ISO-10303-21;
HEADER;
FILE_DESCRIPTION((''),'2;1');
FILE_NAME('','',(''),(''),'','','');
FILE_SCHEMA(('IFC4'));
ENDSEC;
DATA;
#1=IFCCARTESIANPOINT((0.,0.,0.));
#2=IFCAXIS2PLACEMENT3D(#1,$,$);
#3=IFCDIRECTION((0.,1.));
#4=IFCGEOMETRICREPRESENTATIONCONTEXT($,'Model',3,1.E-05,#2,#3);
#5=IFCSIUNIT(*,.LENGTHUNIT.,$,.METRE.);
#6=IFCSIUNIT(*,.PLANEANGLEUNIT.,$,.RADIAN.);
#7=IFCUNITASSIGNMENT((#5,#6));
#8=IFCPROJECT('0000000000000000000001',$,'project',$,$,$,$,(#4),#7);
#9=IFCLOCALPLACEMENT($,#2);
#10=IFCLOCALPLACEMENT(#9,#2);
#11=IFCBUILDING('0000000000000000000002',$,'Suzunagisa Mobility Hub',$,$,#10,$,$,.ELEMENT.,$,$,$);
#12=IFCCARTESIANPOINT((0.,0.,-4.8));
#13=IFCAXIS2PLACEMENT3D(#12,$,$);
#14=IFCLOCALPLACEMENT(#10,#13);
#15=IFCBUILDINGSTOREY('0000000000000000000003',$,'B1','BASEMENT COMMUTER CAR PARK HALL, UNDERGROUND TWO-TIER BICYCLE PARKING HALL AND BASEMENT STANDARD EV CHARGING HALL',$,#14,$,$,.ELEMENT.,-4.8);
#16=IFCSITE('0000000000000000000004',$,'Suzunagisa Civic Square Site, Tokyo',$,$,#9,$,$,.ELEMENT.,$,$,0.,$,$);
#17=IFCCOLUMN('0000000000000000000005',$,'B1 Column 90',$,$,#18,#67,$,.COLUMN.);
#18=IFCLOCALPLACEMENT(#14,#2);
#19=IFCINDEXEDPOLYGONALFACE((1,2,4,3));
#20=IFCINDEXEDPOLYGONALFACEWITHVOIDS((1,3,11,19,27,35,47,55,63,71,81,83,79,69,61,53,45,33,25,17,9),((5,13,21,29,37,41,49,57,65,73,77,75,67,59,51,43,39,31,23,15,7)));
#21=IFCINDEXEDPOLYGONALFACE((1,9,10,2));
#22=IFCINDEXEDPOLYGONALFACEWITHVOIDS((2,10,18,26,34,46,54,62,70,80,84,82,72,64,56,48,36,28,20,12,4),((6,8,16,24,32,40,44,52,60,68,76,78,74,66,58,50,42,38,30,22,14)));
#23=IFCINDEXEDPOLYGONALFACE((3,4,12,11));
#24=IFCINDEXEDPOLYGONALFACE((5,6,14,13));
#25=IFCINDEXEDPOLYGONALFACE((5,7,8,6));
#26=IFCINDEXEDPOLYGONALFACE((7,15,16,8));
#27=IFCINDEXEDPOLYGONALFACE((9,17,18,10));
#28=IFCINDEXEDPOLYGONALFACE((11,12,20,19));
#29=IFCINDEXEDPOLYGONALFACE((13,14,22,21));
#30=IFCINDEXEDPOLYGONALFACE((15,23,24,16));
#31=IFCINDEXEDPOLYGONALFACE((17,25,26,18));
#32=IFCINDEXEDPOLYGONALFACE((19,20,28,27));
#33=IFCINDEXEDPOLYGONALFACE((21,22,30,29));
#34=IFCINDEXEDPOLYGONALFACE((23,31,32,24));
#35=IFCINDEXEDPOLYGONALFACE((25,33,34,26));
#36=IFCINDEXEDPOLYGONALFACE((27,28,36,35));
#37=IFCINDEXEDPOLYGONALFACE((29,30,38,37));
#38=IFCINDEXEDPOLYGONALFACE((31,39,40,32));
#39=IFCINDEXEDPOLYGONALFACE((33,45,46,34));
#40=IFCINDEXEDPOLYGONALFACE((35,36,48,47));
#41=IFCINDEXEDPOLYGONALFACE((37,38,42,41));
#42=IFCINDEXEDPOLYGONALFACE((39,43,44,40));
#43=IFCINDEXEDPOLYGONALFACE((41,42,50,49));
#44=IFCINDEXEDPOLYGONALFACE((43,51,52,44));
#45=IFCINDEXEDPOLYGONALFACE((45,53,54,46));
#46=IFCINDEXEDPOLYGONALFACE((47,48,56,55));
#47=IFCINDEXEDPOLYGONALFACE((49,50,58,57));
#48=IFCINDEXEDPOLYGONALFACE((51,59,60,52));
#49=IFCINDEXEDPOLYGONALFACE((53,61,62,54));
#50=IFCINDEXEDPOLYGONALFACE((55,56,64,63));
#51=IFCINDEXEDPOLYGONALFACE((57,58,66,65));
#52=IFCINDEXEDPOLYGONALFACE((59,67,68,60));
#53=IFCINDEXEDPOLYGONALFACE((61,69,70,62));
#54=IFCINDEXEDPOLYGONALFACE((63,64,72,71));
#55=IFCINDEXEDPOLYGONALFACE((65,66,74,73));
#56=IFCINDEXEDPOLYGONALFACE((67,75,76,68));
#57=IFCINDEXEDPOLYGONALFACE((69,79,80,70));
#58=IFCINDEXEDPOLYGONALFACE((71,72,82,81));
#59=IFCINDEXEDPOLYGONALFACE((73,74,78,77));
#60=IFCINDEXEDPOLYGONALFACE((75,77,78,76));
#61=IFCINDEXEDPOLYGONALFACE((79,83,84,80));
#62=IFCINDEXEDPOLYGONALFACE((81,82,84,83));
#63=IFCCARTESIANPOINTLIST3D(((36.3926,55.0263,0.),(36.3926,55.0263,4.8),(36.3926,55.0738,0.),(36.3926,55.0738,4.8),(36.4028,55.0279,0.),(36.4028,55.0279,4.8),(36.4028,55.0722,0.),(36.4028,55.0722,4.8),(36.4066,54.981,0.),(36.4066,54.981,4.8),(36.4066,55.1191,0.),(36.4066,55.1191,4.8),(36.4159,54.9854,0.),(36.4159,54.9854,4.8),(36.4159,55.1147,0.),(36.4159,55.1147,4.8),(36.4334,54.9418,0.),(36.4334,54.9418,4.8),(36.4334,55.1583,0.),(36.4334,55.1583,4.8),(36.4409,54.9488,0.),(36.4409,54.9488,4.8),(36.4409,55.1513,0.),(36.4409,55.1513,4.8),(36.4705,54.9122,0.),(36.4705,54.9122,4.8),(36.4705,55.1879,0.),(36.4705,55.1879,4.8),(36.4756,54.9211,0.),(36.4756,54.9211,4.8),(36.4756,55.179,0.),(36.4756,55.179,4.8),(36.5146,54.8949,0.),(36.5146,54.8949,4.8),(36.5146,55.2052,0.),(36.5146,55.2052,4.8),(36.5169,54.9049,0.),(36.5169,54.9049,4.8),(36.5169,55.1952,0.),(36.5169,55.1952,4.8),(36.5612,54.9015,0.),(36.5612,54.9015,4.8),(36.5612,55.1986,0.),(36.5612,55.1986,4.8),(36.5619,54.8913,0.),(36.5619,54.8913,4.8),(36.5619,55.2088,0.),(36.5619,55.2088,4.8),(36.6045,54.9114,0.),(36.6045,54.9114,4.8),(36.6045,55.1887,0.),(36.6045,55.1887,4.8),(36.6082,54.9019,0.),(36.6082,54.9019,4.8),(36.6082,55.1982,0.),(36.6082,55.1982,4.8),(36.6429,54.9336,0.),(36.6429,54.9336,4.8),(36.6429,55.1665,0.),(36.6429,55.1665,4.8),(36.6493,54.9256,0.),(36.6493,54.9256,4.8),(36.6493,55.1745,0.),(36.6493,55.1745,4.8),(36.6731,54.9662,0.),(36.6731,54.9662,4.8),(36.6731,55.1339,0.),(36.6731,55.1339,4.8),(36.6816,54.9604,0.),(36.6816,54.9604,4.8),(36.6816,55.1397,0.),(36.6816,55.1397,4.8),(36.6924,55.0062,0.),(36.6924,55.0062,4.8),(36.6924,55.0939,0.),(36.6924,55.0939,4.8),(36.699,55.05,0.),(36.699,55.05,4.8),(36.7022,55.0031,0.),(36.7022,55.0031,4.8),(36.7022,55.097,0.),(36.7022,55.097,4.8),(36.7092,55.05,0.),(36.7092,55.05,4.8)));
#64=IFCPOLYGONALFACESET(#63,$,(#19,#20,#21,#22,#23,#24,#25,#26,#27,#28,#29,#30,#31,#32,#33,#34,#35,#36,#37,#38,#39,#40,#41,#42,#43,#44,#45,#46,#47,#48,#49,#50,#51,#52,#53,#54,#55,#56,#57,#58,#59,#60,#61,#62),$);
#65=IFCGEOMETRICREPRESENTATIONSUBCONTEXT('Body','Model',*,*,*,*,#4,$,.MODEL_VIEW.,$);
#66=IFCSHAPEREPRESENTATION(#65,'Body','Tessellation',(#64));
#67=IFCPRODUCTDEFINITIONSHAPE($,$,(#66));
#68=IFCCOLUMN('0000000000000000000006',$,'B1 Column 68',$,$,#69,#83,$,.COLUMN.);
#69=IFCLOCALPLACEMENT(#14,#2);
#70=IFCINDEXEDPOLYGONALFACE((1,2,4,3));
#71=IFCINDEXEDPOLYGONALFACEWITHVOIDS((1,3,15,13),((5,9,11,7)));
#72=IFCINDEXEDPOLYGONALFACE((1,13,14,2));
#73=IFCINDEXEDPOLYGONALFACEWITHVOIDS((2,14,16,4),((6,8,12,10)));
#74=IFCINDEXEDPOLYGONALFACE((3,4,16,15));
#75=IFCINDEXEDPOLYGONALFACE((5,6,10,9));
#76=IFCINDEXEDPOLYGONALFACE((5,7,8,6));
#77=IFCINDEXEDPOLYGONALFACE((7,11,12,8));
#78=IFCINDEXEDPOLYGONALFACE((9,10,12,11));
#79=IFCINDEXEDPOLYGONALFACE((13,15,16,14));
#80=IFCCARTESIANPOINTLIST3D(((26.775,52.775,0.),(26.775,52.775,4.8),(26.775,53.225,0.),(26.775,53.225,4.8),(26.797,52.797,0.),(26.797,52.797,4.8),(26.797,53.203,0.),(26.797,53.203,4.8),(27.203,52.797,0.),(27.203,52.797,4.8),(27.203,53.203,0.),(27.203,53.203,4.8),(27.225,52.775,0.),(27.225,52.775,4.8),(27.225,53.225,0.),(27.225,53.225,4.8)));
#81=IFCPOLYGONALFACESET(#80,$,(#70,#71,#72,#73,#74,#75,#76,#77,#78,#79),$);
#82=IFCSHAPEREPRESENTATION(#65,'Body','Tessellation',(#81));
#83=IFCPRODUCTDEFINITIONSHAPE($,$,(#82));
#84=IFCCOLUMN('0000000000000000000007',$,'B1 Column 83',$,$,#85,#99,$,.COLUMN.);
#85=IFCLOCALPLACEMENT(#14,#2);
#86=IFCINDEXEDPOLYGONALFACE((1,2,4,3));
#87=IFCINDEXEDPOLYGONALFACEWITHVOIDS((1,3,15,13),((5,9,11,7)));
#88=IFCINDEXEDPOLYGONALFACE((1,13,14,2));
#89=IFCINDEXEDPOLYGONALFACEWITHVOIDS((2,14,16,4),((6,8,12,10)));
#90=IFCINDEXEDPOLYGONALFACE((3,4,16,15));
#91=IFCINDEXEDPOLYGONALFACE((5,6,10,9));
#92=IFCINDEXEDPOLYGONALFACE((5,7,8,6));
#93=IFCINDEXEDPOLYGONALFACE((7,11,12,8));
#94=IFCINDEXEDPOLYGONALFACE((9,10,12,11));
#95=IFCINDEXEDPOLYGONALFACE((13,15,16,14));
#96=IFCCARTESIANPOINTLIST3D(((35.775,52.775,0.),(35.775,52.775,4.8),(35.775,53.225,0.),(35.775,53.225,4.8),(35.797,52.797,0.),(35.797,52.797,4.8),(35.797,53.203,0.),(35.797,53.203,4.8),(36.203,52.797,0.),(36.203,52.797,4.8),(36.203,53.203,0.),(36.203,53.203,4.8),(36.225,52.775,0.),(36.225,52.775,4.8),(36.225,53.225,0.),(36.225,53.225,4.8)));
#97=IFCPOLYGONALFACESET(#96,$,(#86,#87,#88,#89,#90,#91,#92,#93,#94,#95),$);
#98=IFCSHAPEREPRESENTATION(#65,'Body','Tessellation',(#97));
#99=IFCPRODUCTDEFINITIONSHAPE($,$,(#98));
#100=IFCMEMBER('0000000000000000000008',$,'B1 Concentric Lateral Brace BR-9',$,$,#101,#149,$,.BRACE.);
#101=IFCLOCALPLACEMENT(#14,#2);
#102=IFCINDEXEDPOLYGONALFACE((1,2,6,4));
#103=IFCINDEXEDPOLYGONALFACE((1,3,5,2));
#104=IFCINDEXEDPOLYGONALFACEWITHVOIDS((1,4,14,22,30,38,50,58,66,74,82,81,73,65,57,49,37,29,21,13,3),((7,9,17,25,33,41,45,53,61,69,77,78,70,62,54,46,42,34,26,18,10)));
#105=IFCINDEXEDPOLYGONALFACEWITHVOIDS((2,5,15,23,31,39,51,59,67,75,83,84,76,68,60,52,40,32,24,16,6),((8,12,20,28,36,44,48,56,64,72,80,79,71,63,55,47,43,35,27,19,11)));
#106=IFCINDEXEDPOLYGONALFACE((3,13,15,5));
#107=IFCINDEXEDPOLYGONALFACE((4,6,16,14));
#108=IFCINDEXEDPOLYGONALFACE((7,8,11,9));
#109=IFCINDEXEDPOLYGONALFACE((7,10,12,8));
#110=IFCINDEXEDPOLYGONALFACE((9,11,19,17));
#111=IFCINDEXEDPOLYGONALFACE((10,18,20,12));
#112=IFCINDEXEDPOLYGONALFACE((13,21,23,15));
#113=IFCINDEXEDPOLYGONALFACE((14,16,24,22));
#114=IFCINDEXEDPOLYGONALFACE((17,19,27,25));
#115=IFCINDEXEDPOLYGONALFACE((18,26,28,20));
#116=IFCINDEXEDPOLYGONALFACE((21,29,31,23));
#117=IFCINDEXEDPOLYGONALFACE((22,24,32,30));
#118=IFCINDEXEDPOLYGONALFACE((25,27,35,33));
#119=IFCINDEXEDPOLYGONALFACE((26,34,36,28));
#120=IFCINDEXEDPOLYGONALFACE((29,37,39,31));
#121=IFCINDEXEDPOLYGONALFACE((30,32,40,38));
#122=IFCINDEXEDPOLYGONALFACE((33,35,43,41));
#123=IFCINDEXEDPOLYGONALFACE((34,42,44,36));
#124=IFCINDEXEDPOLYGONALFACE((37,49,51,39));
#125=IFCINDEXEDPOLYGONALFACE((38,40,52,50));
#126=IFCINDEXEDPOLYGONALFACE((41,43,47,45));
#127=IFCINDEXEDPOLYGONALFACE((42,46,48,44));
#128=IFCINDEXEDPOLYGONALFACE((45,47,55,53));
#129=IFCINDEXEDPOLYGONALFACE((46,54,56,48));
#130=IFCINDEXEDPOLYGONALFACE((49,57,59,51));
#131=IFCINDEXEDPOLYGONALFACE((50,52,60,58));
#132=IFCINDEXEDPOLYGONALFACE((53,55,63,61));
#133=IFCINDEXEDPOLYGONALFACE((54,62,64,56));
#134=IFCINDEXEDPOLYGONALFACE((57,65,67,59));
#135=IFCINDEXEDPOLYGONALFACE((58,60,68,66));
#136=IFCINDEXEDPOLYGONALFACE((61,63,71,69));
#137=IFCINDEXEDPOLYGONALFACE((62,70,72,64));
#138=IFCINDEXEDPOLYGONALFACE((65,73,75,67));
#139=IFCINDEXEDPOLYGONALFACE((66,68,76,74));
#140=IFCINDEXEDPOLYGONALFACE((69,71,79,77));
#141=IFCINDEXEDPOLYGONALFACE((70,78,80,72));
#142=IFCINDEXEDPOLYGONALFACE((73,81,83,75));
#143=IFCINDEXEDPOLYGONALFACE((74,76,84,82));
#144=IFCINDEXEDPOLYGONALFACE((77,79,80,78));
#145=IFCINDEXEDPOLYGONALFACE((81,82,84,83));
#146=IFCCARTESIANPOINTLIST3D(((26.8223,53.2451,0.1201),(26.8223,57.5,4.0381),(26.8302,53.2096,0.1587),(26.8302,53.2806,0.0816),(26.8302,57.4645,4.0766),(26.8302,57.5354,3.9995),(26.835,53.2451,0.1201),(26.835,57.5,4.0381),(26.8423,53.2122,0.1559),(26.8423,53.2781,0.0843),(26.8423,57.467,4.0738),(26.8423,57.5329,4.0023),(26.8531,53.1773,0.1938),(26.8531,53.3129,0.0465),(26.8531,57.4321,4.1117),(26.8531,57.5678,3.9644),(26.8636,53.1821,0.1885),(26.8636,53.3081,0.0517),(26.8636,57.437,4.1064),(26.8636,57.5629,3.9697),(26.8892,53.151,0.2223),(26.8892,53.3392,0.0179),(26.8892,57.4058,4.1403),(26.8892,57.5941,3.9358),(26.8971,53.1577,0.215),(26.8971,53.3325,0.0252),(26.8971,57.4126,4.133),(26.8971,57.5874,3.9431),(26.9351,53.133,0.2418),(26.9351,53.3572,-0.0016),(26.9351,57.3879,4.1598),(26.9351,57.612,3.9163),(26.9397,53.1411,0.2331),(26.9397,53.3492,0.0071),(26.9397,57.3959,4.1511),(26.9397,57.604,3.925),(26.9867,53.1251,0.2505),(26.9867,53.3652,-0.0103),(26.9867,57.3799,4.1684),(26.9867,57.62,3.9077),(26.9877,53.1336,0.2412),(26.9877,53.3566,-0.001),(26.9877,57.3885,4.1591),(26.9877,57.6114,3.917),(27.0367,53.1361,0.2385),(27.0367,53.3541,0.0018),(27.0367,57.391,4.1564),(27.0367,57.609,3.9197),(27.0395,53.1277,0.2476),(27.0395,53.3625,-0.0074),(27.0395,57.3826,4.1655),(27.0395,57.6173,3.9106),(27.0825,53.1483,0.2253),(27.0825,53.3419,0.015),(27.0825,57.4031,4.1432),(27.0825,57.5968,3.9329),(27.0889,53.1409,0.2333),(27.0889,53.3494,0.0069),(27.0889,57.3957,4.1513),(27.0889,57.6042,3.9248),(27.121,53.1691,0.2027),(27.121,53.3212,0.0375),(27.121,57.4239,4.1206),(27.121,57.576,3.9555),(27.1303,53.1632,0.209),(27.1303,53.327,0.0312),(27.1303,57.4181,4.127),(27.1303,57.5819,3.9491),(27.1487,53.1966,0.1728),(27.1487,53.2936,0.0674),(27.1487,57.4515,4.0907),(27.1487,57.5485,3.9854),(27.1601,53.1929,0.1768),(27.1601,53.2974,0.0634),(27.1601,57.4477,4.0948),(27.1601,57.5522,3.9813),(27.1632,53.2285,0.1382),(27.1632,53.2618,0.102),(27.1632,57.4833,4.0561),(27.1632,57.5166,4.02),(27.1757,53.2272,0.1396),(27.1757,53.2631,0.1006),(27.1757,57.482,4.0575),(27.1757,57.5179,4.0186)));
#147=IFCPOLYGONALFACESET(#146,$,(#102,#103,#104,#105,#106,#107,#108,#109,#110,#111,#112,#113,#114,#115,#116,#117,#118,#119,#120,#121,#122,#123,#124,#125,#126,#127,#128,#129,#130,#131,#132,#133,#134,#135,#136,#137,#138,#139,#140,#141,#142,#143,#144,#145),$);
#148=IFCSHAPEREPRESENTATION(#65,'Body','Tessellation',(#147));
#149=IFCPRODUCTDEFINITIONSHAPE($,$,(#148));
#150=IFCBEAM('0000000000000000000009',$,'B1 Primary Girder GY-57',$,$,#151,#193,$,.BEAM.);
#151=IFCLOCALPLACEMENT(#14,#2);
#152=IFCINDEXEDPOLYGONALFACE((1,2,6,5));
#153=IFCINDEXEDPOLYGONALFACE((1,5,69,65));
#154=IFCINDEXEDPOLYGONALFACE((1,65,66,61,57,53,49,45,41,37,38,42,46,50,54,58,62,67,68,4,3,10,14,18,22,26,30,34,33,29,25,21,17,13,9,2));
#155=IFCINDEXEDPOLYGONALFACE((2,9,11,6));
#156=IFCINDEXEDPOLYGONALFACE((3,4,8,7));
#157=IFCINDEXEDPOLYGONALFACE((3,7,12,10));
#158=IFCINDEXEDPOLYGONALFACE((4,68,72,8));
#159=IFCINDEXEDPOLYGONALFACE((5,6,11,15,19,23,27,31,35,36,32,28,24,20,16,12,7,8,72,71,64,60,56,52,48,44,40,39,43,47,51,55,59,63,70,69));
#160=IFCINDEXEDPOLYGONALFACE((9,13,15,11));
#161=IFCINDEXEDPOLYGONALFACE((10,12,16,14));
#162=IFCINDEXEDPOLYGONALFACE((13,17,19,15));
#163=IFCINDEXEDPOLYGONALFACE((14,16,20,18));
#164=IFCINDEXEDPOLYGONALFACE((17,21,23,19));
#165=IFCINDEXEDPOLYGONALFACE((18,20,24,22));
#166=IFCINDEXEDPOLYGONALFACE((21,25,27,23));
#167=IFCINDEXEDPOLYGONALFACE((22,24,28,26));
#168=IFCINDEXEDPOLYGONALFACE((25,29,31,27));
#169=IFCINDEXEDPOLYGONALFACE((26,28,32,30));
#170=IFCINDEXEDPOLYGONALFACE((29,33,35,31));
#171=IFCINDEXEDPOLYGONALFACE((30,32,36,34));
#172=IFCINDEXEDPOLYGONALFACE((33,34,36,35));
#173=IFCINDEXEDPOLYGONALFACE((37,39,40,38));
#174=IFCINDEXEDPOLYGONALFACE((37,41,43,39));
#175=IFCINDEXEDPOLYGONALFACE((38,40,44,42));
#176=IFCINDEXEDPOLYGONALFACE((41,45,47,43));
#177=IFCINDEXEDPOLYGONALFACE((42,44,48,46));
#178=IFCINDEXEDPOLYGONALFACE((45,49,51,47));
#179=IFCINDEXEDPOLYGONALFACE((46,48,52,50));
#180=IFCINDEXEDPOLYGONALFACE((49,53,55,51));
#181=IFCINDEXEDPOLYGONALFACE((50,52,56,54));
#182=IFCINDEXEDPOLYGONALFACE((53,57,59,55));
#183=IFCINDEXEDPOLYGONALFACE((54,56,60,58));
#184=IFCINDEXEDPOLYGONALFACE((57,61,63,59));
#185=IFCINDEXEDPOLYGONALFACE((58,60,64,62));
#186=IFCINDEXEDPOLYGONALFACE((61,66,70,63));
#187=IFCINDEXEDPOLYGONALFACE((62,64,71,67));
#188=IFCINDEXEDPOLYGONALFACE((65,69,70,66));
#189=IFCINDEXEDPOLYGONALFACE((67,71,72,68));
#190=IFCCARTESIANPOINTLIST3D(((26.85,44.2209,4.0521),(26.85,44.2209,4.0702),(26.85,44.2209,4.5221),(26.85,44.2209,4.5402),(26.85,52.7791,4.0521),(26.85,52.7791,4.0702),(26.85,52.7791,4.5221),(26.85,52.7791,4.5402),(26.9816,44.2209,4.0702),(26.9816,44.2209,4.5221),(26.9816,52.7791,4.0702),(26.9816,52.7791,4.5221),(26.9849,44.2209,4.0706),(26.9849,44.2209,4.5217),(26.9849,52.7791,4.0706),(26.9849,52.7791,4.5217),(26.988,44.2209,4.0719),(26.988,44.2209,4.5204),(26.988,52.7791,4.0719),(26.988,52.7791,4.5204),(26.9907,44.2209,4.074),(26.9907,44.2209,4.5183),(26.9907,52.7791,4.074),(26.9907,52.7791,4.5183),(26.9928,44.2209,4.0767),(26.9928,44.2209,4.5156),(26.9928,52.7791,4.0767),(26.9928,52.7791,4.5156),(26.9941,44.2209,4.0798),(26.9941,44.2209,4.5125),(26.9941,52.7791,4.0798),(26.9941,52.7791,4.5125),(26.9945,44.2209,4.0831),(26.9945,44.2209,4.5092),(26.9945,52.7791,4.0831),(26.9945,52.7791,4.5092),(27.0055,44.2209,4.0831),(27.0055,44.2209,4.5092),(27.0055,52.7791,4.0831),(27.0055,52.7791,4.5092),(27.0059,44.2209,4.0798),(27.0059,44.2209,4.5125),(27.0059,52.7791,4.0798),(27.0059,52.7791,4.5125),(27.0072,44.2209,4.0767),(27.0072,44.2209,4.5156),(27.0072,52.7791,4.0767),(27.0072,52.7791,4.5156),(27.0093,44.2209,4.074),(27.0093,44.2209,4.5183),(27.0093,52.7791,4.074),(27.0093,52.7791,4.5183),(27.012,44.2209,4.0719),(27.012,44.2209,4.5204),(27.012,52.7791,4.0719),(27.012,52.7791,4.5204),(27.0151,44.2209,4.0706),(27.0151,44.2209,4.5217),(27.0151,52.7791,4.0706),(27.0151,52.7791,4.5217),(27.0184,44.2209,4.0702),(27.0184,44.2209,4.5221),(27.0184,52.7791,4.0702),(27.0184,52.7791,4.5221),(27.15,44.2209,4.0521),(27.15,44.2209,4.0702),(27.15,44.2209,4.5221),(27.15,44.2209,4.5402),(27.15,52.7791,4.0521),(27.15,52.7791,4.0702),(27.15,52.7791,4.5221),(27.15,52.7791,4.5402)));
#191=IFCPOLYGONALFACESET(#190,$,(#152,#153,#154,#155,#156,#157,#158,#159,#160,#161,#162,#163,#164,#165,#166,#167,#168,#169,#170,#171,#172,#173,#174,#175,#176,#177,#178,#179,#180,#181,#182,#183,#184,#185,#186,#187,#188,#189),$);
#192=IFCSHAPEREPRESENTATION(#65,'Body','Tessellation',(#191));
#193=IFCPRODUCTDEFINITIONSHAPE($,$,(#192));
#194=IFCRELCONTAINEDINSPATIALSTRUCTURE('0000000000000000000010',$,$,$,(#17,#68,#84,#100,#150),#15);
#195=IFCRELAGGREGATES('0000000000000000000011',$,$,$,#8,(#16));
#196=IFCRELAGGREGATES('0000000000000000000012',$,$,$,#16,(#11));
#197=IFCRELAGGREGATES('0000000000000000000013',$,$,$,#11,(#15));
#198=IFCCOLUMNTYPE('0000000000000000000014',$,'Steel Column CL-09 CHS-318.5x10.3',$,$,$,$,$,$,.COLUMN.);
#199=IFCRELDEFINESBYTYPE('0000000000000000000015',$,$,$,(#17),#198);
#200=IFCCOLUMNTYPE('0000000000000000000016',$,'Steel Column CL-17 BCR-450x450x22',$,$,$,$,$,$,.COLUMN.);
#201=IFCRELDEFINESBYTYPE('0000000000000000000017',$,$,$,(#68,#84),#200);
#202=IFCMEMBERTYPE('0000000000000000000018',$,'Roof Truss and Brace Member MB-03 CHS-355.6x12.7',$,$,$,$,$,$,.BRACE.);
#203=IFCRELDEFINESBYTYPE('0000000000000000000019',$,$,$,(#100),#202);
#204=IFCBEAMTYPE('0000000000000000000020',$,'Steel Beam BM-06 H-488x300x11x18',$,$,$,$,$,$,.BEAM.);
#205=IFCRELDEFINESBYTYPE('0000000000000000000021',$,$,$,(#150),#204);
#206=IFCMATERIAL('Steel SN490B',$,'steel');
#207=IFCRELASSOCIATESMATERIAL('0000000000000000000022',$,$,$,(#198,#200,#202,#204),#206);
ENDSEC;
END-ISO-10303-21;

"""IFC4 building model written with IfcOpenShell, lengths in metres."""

from ifc_helpers import new_model, si_unit, direction, frame, origin, origin_2d, place, context, subcontext, project, spatial, hollow_rectangle, hollow_circle, i_section, extrude, material, material_profile, profile_set, type_object, element, save


model = new_model("IFC4")

# Units and contexts
model_context = context("Model", 3, precision=1e-05, world=origin(), true_north=direction((0.0, 1.0)))
body_context = subcontext(model_context, "Body", "Model", "MODEL_VIEW")
ifc_project = project(units=[si_unit("LENGTHUNIT", "METRE"), si_unit("PLANEANGLEUNIT", "RADIAN")], contexts=[model_context])

# Site, building, storey
site_placement = place(None, origin())
site = spatial("IfcSite", under=ifc_project, at=site_placement, Name="Suzunagisa Civic Square Site, Tokyo", CompositionType="ELEMENT", RefElevation=0.0)
building_placement = place(site_placement, origin())
building = spatial("IfcBuilding", under=site, at=building_placement, Name="Suzunagisa Mobility Hub", CompositionType="ELEMENT")
storey_placement = place(building_placement, frame((0.0, 0.0, -4.8)))
storey = spatial("IfcBuildingStorey", under=building, at=storey_placement, Name="B1", Description="BASEMENT COMMUTER CAR PARK HALL, UNDERGROUND TWO-TIER BICYCLE PARKING HALL AND BASEMENT STANDARD EV CHARGING HALL", CompositionType="ELEMENT", Elevation=-4.8)

# Columns
ifc_material_1 = material(Name="Steel SN490B", Category="steel")
ifc_material_profile_1 = material_profile(ifc_material_1, hollow_circle(Radius=0.1592, WallThickness=0.0103, at=origin_2d()), Name="CHS-318.5x10.3")
ifc_profile_set_1 = profile_set([ifc_material_profile_1], Name="Steel SN490B")
column_type_1 = type_object("IfcColumnType", Name="Steel Column CL-09 CHS-318.5x10.3", PredefinedType="COLUMN", material=ifc_profile_set_1)
column_placement = place(storey_placement, frame((36.55, 55.05, 0.0), z_axis=(0.0, 0.0, 1.0), x_axis=(1.0, 0.0, 0.0)))
element("IfcColumn", 1, at=column_placement, inside=storey, type_object=column_type_1, Name="B1 Column 90", PredefinedType="COLUMN", context=body_context, shape_type="SweptSolid", body=[
    extrude(hollow_circle(Radius=0.1592, WallThickness=0.0103, at=origin_2d()), origin(), (0.0, 0.0, 1.0), 4.8),
])
ifc_material_profile_2 = material_profile(ifc_material_1, hollow_rectangle(XDim=0.45, YDim=0.45, WallThickness=0.022, at=origin_2d()), Name="BCR-450x450x22")
ifc_profile_set_2 = profile_set([ifc_material_profile_2], Name="Steel SN490B")
column_type_2 = type_object("IfcColumnType", Name="Steel Column CL-17 BCR-450x450x22", PredefinedType="COLUMN", material=ifc_profile_set_2)
for number, where, z_axis, x_axis, name in (
    (2, (27.0, 53.0, 0.0), (0.0, 0.0, 1.0), (1.0, 0.0, 0.0), "B1 Column 68"),
    (3, (36.0, 53.0, 0.0), (0.0, 0.0, 1.0), (1.0, 0.0, 0.0), "B1 Column 83"),
):
    element("IfcColumn", number, at=place(storey_placement, frame(where, z_axis=z_axis, x_axis=x_axis)), inside=storey, type_object=column_type_2, Name=name, PredefinedType="COLUMN", context=body_context, shape_type="SweptSolid", body=[
        extrude(hollow_rectangle(XDim=0.45, YDim=0.45, WallThickness=0.022, at=origin_2d()), origin(), (0.0, 0.0, 1.0), 4.8),
    ])

# Member
ifc_material_profile_3 = material_profile(ifc_material_1, hollow_circle(Radius=0.1777, WallThickness=0.0127, at=origin_2d()), Name="CHS-355.6x12.7")
ifc_profile_set_3 = profile_set([ifc_material_profile_3], Name="Steel SN490B")
member_type = type_object("IfcMemberType", Name="Roof Truss and Brace Member MB-03 CHS-355.6x12.7", PredefinedType="BRACE", material=ifc_profile_set_3)
member_placement = place(storey_placement, frame((27.0, 53.2451, 0.1201), z_axis=(0.0, 0.735631, 0.677382), x_axis=(-1.0, 0.0, 0.0)))
element("IfcMember", 4, at=member_placement, inside=storey, type_object=member_type, Name="B1 Concentric Lateral Brace BR-9", PredefinedType="BRACE", context=body_context, shape_type="SweptSolid", body=[
    extrude(hollow_circle(Radius=0.1777, WallThickness=0.0127, at=origin_2d()), origin(), (0.0, 0.0, 1.0), 5.7839),
])

# Beam
ifc_material_profile_4 = material_profile(ifc_material_1, i_section(OverallWidth=0.3, OverallDepth=0.488, WebThickness=0.011, FlangeThickness=0.0181, FilletRadius=0.0129, at=origin_2d()), Name="H-488x300x11x18")
ifc_profile_set_4 = profile_set([ifc_material_profile_4], Name="Steel SN490B")
beam_type_1 = type_object("IfcBeamType", Name="Steel Beam BM-06 H-488x300x11x18", PredefinedType="BEAM", material=ifc_profile_set_4)
for number, where, z_axis, x_axis, name in (
    (5, (27.0, 44.2209, 4.2961), (0.0, 1.0, 0.0), (-1.0, 0.0, 0.0), "B1 Primary Girder GY-57"),
):
    element("IfcBeam", number, at=place(storey_placement, frame(where, z_axis=z_axis, x_axis=x_axis)), inside=storey, type_object=beam_type_1, Name=name, PredefinedType="BEAM", context=body_context, shape_type="SweptSolid", body=[
        extrude(i_section(OverallWidth=0.3, OverallDepth=0.488, WebThickness=0.011, FlangeThickness=0.0181, FilletRadius=0.0129, at=origin_2d()), origin(), (0.0, 0.0, 1.0), 8.5581),
    ])

save(model, "model.ifc")
